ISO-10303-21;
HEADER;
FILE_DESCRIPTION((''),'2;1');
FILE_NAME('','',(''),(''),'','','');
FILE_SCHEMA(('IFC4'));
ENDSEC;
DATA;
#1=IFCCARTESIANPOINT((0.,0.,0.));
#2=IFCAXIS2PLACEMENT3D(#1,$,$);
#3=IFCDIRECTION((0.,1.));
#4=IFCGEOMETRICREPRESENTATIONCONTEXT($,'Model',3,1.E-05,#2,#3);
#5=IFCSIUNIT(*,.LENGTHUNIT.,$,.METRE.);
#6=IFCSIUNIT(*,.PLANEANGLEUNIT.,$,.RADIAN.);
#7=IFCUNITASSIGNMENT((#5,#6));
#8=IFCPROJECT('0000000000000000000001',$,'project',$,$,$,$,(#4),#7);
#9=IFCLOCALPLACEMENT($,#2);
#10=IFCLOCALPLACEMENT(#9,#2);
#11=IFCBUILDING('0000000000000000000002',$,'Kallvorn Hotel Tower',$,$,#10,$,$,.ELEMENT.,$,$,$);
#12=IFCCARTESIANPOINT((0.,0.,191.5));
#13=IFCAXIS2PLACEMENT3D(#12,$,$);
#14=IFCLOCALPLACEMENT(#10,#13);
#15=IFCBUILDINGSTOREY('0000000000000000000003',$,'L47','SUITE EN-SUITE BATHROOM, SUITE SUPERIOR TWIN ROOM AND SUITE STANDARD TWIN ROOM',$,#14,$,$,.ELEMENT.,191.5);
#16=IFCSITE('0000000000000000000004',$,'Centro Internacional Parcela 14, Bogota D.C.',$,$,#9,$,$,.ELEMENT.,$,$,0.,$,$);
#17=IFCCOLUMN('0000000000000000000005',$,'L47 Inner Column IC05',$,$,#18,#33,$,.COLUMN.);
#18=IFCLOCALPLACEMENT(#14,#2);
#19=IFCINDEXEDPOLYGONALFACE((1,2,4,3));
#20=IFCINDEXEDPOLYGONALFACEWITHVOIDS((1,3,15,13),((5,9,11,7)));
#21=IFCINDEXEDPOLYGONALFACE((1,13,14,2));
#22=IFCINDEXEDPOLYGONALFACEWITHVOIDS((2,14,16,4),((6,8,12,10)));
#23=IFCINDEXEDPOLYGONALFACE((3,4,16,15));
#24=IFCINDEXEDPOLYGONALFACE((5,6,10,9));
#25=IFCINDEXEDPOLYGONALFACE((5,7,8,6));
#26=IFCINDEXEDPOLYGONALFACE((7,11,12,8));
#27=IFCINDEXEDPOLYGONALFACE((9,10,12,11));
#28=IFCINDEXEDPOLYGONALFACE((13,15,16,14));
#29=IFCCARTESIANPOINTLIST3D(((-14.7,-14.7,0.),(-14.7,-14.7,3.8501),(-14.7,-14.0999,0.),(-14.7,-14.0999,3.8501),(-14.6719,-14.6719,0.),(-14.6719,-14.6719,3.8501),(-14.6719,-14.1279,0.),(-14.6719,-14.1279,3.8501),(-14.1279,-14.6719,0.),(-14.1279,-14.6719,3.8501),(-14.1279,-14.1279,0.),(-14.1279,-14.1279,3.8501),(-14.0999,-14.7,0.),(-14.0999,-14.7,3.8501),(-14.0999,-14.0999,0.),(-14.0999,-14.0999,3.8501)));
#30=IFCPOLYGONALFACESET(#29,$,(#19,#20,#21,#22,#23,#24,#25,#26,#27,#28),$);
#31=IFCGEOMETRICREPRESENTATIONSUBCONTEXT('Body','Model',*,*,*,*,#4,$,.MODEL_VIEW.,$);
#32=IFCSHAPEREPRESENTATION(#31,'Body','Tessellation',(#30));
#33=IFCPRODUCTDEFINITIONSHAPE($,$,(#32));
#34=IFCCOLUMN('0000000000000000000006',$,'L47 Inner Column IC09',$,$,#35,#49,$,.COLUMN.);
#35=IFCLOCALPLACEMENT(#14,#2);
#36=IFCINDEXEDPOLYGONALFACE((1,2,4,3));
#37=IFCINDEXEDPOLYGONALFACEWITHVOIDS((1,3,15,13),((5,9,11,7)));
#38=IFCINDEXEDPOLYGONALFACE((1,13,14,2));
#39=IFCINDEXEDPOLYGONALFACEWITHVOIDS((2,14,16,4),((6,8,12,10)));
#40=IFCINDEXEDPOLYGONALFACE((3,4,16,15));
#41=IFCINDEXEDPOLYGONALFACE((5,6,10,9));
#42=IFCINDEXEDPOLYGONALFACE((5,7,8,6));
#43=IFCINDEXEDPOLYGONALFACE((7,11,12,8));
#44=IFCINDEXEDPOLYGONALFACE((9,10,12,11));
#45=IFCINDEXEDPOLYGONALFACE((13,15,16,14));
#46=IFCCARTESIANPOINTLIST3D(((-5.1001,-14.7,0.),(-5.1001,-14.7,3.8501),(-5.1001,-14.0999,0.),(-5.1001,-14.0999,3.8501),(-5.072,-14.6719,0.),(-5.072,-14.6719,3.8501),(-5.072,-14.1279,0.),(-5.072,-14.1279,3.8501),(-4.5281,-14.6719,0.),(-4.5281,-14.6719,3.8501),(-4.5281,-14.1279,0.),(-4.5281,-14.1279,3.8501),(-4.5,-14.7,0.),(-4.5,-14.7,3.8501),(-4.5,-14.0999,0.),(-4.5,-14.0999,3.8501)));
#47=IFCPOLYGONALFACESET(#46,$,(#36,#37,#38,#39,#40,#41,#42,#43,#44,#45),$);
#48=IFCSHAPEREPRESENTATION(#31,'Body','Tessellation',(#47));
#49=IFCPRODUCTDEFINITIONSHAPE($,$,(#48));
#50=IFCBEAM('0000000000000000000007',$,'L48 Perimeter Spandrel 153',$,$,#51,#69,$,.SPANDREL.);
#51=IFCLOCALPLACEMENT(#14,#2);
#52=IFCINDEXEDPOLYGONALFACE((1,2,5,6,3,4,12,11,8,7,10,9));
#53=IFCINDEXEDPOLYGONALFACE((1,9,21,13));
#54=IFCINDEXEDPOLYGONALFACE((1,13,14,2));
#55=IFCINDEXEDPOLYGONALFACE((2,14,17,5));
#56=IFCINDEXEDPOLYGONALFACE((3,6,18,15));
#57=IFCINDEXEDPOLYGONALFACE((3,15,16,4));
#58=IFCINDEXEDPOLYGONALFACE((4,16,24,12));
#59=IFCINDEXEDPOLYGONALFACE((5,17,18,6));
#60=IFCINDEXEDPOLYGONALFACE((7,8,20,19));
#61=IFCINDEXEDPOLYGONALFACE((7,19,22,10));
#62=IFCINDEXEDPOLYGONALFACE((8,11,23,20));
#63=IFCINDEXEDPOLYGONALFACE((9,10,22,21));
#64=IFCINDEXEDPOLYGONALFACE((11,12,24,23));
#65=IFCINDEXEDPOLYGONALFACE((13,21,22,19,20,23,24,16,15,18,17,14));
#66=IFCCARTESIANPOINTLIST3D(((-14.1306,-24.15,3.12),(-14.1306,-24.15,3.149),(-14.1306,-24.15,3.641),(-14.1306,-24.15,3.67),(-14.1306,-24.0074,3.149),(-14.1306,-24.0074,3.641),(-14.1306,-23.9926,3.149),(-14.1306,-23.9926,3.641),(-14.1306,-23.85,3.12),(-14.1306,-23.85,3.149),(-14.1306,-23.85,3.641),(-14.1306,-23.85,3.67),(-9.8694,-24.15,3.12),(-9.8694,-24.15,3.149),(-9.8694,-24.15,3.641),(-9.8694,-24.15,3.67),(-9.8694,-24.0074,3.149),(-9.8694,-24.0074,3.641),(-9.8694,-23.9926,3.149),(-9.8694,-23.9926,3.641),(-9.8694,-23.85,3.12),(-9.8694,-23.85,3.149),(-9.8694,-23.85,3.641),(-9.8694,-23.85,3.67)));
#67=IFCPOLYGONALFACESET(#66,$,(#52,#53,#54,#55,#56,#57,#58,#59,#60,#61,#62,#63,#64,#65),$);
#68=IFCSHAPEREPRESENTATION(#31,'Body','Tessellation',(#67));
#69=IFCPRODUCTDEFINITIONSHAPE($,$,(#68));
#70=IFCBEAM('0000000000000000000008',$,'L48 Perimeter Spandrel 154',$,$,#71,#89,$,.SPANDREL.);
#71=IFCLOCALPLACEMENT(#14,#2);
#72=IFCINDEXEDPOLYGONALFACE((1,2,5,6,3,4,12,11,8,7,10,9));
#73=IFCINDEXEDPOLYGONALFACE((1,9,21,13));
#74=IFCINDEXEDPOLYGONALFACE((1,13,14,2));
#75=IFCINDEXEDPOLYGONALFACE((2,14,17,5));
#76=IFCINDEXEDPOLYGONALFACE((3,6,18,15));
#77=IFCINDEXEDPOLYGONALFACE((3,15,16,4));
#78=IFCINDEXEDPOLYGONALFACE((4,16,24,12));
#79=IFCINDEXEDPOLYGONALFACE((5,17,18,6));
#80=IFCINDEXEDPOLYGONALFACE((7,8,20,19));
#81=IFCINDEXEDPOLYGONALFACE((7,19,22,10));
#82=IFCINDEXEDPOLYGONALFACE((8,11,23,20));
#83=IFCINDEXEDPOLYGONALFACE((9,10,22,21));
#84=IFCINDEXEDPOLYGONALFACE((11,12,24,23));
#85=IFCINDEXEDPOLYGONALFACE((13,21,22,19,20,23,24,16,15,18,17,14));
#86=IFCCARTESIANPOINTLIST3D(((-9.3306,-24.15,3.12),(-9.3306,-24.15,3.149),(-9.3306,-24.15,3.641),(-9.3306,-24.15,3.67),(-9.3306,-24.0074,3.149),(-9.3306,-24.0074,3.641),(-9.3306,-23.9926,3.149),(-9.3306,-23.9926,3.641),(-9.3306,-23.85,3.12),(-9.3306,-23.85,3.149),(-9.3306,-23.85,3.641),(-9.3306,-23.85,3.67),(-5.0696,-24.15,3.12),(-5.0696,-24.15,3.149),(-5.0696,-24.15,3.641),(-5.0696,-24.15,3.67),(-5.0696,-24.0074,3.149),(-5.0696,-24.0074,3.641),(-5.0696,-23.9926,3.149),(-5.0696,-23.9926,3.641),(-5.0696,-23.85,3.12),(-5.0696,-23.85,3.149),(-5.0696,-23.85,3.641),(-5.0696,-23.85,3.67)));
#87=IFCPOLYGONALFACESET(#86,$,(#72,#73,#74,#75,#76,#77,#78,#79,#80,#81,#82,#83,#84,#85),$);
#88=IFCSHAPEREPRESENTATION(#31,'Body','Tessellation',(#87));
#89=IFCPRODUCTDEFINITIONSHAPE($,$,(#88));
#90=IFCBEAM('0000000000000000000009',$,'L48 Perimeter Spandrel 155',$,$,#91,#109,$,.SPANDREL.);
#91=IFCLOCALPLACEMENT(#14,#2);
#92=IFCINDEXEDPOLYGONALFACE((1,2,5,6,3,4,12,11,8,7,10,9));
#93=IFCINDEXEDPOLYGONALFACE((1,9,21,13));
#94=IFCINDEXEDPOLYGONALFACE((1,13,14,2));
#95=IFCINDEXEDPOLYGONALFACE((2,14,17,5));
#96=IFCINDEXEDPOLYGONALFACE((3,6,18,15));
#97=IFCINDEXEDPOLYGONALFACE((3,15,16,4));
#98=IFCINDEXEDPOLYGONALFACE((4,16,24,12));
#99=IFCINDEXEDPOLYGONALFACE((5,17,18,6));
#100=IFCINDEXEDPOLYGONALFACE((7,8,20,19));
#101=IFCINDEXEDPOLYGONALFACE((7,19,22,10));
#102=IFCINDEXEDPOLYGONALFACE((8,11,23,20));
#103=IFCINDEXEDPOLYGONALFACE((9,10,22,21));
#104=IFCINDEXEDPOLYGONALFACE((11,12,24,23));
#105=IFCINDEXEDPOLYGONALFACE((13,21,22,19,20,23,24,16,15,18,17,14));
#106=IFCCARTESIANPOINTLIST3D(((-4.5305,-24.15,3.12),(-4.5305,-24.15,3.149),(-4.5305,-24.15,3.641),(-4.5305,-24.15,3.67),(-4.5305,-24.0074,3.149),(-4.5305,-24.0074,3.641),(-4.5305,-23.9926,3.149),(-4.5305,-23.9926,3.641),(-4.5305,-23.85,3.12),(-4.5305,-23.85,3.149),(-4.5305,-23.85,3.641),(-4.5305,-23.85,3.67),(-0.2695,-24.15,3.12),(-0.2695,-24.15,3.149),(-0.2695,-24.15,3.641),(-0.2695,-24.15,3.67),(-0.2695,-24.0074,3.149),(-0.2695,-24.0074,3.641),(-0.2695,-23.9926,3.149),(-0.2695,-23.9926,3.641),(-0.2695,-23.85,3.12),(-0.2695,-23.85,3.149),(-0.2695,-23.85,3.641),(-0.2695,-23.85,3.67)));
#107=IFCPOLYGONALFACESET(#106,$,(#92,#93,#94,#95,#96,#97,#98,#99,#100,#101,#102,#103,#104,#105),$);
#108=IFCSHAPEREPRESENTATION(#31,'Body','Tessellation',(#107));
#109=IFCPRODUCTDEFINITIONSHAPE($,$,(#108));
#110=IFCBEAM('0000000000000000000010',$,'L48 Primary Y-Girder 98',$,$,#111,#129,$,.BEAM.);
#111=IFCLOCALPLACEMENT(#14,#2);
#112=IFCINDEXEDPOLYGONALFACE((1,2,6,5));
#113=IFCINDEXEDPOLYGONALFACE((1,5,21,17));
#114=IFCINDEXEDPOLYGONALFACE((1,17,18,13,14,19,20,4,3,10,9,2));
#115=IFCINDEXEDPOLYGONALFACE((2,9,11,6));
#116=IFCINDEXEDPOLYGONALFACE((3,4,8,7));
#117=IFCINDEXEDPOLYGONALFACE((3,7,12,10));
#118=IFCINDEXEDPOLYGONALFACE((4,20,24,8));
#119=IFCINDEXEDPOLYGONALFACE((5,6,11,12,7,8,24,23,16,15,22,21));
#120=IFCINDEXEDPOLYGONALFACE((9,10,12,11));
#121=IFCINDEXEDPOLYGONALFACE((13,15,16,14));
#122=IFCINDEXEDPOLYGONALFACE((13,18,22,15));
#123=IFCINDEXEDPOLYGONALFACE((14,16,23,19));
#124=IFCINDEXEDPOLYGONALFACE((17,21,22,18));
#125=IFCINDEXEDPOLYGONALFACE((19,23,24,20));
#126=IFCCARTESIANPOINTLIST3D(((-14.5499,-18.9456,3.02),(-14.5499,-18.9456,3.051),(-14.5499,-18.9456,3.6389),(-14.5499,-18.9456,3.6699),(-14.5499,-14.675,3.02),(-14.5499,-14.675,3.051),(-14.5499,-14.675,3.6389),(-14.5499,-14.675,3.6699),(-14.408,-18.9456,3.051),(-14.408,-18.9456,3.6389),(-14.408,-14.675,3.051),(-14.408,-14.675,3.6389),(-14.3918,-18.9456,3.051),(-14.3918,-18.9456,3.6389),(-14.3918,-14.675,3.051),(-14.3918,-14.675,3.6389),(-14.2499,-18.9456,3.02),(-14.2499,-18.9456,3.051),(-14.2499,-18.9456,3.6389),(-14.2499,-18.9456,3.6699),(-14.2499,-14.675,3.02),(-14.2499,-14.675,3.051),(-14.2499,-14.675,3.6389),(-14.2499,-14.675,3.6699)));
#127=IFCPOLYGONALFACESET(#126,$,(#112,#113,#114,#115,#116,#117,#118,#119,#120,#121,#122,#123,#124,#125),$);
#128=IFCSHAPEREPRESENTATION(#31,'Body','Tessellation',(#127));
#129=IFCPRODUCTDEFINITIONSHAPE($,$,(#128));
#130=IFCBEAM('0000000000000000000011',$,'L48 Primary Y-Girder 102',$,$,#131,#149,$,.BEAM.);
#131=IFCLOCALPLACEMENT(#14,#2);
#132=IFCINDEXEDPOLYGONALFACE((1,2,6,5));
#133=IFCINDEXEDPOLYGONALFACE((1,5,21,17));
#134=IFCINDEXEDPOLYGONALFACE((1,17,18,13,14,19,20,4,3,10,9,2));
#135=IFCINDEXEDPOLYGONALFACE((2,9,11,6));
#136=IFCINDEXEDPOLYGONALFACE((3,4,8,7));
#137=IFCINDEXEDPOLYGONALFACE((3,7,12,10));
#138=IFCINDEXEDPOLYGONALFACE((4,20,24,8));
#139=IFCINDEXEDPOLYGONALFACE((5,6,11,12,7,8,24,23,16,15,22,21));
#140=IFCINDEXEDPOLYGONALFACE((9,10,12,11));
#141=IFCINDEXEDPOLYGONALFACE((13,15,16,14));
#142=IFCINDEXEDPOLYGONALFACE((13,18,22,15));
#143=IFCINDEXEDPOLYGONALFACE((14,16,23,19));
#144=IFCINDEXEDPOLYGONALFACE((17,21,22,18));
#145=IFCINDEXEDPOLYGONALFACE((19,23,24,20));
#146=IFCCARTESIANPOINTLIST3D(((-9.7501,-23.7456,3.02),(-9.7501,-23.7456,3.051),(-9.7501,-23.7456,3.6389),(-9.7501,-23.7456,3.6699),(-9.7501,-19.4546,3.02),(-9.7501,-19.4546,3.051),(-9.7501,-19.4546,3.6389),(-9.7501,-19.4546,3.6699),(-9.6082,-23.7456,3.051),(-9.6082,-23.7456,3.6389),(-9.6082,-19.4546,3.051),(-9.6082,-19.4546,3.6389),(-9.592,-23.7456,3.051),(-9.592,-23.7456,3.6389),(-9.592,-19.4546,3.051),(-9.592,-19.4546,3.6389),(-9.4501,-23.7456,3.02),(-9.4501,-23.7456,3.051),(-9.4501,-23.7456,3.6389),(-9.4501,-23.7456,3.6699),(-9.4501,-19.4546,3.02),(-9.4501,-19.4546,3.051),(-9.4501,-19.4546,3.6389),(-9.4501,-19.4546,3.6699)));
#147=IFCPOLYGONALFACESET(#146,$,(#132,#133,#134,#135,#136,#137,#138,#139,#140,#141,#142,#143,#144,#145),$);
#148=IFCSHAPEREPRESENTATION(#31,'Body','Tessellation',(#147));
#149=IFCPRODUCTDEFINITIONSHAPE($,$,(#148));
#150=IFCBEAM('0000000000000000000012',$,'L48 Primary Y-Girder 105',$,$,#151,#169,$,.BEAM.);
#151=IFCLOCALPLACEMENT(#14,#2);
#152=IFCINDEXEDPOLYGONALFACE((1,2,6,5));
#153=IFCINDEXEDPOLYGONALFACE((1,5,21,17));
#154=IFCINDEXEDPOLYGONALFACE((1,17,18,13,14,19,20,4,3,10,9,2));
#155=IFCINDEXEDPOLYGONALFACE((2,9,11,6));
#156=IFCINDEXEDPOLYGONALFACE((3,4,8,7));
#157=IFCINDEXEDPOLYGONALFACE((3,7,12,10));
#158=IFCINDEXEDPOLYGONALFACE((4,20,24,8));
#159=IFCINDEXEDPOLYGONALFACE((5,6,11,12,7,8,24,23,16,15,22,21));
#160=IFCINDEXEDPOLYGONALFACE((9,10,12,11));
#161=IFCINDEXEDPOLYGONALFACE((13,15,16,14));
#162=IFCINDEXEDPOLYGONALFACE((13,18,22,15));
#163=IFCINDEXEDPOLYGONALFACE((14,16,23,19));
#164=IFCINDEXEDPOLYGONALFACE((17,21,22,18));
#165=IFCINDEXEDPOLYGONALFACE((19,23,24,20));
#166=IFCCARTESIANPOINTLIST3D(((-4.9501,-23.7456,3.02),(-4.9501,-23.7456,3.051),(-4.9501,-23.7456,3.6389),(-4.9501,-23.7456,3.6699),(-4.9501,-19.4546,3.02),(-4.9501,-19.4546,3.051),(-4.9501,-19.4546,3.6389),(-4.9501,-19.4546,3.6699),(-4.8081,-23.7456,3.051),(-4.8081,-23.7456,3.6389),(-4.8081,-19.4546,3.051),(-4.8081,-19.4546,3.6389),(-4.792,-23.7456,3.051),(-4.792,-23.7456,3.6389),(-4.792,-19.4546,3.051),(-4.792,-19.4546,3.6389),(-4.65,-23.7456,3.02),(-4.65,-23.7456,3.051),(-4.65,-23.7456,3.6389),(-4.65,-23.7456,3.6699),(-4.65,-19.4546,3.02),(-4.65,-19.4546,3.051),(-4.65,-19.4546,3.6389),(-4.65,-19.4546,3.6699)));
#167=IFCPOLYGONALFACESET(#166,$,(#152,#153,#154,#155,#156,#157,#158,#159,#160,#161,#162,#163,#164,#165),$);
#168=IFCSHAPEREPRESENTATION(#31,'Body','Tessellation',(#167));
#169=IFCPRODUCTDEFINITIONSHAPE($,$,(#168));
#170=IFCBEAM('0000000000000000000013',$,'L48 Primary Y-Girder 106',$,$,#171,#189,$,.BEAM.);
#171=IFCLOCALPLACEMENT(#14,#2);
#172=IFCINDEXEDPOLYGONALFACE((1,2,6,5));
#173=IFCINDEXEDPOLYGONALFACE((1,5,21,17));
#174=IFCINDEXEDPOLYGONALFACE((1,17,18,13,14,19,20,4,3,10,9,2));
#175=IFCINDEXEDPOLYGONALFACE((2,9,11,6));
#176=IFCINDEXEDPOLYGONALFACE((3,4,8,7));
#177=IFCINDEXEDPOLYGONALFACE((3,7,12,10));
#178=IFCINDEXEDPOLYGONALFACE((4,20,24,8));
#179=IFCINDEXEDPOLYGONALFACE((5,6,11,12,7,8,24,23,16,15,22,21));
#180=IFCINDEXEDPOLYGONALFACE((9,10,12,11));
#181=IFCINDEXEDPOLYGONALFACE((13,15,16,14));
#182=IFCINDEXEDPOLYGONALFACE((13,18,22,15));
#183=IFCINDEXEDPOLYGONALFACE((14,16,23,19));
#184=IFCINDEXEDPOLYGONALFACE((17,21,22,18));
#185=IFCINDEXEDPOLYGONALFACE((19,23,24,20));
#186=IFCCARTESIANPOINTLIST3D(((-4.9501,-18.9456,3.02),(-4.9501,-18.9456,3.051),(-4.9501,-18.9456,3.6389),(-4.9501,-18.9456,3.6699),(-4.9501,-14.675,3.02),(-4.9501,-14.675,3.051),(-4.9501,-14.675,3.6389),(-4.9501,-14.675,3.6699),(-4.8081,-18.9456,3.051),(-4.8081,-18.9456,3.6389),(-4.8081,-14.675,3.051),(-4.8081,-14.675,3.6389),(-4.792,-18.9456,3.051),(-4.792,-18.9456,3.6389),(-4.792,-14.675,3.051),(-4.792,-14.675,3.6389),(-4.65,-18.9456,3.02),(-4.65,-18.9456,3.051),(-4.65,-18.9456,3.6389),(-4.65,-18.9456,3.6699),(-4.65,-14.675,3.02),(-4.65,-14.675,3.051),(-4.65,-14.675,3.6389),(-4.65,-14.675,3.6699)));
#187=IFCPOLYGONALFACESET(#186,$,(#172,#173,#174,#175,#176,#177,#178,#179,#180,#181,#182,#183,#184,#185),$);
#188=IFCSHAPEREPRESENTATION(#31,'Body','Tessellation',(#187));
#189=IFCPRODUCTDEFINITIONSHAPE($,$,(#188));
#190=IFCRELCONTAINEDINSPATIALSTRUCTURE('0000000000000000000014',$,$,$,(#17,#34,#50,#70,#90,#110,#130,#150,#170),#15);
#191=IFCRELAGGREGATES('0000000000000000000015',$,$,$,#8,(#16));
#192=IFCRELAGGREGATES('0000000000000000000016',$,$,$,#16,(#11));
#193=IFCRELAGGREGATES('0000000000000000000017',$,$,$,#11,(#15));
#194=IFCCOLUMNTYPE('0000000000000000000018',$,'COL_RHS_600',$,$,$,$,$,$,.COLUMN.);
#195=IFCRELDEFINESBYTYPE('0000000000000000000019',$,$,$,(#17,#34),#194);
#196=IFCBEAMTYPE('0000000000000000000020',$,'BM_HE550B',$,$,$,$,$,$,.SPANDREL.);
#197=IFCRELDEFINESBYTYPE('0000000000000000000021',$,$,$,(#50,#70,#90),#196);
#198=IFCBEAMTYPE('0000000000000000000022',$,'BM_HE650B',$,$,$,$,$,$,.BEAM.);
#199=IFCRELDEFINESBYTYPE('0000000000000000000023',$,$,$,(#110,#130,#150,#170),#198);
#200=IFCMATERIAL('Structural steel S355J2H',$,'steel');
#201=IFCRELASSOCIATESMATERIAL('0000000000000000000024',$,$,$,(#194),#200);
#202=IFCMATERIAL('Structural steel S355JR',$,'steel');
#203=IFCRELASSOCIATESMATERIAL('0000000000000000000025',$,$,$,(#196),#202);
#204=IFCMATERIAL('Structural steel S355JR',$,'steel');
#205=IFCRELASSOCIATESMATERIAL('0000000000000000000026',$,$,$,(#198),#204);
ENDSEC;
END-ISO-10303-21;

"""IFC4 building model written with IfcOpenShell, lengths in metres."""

from ifc_helpers import new_model, si_unit, direction, frame, origin, origin_2d, place, context, subcontext, project, spatial, hollow_rectangle, i_section, extrude, material, material_profile, profile_set, type_object, element, save


model = new_model("IFC4")

# Units and contexts
model_context = context("Model", 3, precision=1e-05, world=origin(), true_north=direction((0.0, 1.0)))
body_context = subcontext(model_context, "Body", "Model", "MODEL_VIEW")
ifc_project = project(units=[si_unit("LENGTHUNIT", "METRE"), si_unit("PLANEANGLEUNIT", "RADIAN")], contexts=[model_context])

# Site, building, storey
site_placement = place(None, origin())
site = spatial("IfcSite", under=ifc_project, at=site_placement, Name="Centro Internacional Parcela 14, Bogota D.C.", CompositionType="ELEMENT", RefElevation=0.0)
building_placement = place(site_placement, origin())
building = spatial("IfcBuilding", under=site, at=building_placement, Name="Kallvorn Hotel Tower", CompositionType="ELEMENT")
storey_placement = place(building_placement, frame((0.0, 0.0, 191.5)))
storey = spatial("IfcBuildingStorey", under=building, at=storey_placement, Name="L47", Description="SUITE EN-SUITE BATHROOM, SUITE SUPERIOR TWIN ROOM AND SUITE STANDARD TWIN ROOM", CompositionType="ELEMENT", Elevation=191.5)

# Columns
ifc_material_1 = material(Name="Structural steel S355J2H", Category="steel")
ifc_material_profile_1 = material_profile(ifc_material_1, hollow_rectangle(XDim=0.6001, YDim=0.6001, WallThickness=0.0281, at=origin_2d()), Name="RHS 600x600x28")
ifc_profile_set_1 = profile_set([ifc_material_profile_1], Name="Structural steel S355J2H")
column_type_1 = type_object("IfcColumnType", Name="COL_RHS_600", PredefinedType="COLUMN", material=ifc_profile_set_1)
for number, where, z_axis, x_axis, name in (
    (1, (-14.3999, -14.3999, 0.0), (0.0, 0.0, 1.0), (1.0, 0.0, 0.0), "L47 Inner Column IC05"),
    (2, (-4.8, -14.3999, 0.0), (0.0, 0.0, 1.0), (1.0, 0.0, 0.0), "L47 Inner Column IC09"),
):
    element("IfcColumn", number, at=place(storey_placement, frame(where, z_axis=z_axis, x_axis=x_axis)), inside=storey, type_object=column_type_1, Name=name, PredefinedType="COLUMN", context=body_context, shape_type="SweptSolid", body=[
        extrude(hollow_rectangle(XDim=0.6001, YDim=0.6001, WallThickness=0.0281, at=origin_2d()), origin(), (0.0, 0.0, 1.0), 3.8501),
    ])

# Beams
ifc_material_2 = material(Name="Structural steel S355JR", Category="steel")
ifc_material_profile_2 = material_profile(ifc_material_2, i_section(OverallWidth=0.3, OverallDepth=0.55, WebThickness=0.0149, FlangeThickness=0.0291, at=origin_2d()), Name="HE 550 B")
ifc_profile_set_2 = profile_set([ifc_material_profile_2], Name="Structural steel S355JR")
beam_type_1 = type_object("IfcBeamType", Name="BM_HE550B", PredefinedType="SPANDREL", material=ifc_profile_set_2)
beam_1_placement = place(storey_placement, frame((-14.1306, -24.0, 3.395), z_axis=(1.0, 0.0, 0.0), x_axis=(0.0, 1.0, 0.0)))
element("IfcBeam", 3, at=beam_1_placement, inside=storey, type_object=beam_type_1, Name="L48 Perimeter Spandrel 153", PredefinedType="SPANDREL", context=body_context, shape_type="SweptSolid", body=[
    extrude(i_section(OverallWidth=0.3, OverallDepth=0.55, WebThickness=0.0149, FlangeThickness=0.0291, at=origin_2d()), origin(), (0.0, 0.0, 1.0), 4.2612),
])
for number, where, z_axis, x_axis, name in (
    (4, (-9.3306, -24.0, 3.395), (1.0, 0.0, 0.0), (0.0, 1.0, 0.0), "L48 Perimeter Spandrel 154"),
    (5, (-4.5305, -24.0, 3.395), (1.0, 0.0, 0.0), (0.0, 1.0, 0.0), "L48 Perimeter Spandrel 155"),
):
    element("IfcBeam", number, at=place(storey_placement, frame(where, z_axis=z_axis, x_axis=x_axis)), inside=storey, type_object=beam_type_1, Name=name, PredefinedType="SPANDREL", context=body_context, shape_type="SweptSolid", body=[
        extrude(i_section(OverallWidth=0.3, OverallDepth=0.55, WebThickness=0.0149, FlangeThickness=0.0291, at=origin_2d()), origin(), (0.0, 0.0, 1.0), 4.261),
    ])
ifc_material_3 = material(Name="Structural steel S355JR", Category="steel")
ifc_material_profile_3 = material_profile(ifc_material_3, i_section(OverallWidth=0.3, OverallDepth=0.6499, WebThickness=0.0161, FlangeThickness=0.031, at=origin_2d()), Name="HE 650 B")
ifc_profile_set_3 = profile_set([ifc_material_profile_3], Name="Structural steel S355JR")
beam_type_2 = type_object("IfcBeamType", Name="BM_HE650B", PredefinedType="BEAM", material=ifc_profile_set_3)
beam_2_placement = place(storey_placement, frame((-14.3999, -18.9456, 3.345), z_axis=(0.0, 1.0, 0.0), x_axis=(-1.0, 0.0, 0.0)))
element("IfcBeam", 6, at=beam_2_placement, inside=storey, type_object=beam_type_2, Name="L48 Primary Y-Girder 98", PredefinedType="BEAM", context=body_context, shape_type="SweptSolid", body=[
    extrude(i_section(OverallWidth=0.3, OverallDepth=0.6499, WebThickness=0.0161, FlangeThickness=0.031, at=origin_2d()), origin(), (0.0, 0.0, 1.0), 4.2705),
])
for number, where, z_axis, x_axis, name in (
    (7, (-9.6001, -23.7456, 3.345), (0.0, 1.0, 0.0), (-1.0, 0.0, 0.0), "L48 Primary Y-Girder 102"),
    (8, (-4.8, -23.7456, 3.345), (0.0, 1.0, 0.0), (-1.0, 0.0, 0.0), "L48 Primary Y-Girder 105"),
):
    element("IfcBeam", number, at=place(storey_placement, frame(where, z_axis=z_axis, x_axis=x_axis)), inside=storey, type_object=beam_type_2, Name=name, PredefinedType="BEAM", context=body_context, shape_type="SweptSolid", body=[
        extrude(i_section(OverallWidth=0.3, OverallDepth=0.6499, WebThickness=0.0161, FlangeThickness=0.031, at=origin_2d()), origin(), (0.0, 0.0, 1.0), 4.291),
    ])
beam_3_placement = place(storey_placement, frame((-4.8, -18.9456, 3.345), z_axis=(0.0, 1.0, 0.0), x_axis=(-1.0, 0.0, 0.0)))
element("IfcBeam", 9, at=beam_3_placement, inside=storey, type_object=beam_type_2, Name="L48 Primary Y-Girder 106", PredefinedType="BEAM", context=body_context, shape_type="SweptSolid", body=[
    extrude(i_section(OverallWidth=0.3, OverallDepth=0.6499, WebThickness=0.0161, FlangeThickness=0.031, at=origin_2d()), origin(), (0.0, 0.0, 1.0), 4.2705),
])

save(model, "model.ifc")
